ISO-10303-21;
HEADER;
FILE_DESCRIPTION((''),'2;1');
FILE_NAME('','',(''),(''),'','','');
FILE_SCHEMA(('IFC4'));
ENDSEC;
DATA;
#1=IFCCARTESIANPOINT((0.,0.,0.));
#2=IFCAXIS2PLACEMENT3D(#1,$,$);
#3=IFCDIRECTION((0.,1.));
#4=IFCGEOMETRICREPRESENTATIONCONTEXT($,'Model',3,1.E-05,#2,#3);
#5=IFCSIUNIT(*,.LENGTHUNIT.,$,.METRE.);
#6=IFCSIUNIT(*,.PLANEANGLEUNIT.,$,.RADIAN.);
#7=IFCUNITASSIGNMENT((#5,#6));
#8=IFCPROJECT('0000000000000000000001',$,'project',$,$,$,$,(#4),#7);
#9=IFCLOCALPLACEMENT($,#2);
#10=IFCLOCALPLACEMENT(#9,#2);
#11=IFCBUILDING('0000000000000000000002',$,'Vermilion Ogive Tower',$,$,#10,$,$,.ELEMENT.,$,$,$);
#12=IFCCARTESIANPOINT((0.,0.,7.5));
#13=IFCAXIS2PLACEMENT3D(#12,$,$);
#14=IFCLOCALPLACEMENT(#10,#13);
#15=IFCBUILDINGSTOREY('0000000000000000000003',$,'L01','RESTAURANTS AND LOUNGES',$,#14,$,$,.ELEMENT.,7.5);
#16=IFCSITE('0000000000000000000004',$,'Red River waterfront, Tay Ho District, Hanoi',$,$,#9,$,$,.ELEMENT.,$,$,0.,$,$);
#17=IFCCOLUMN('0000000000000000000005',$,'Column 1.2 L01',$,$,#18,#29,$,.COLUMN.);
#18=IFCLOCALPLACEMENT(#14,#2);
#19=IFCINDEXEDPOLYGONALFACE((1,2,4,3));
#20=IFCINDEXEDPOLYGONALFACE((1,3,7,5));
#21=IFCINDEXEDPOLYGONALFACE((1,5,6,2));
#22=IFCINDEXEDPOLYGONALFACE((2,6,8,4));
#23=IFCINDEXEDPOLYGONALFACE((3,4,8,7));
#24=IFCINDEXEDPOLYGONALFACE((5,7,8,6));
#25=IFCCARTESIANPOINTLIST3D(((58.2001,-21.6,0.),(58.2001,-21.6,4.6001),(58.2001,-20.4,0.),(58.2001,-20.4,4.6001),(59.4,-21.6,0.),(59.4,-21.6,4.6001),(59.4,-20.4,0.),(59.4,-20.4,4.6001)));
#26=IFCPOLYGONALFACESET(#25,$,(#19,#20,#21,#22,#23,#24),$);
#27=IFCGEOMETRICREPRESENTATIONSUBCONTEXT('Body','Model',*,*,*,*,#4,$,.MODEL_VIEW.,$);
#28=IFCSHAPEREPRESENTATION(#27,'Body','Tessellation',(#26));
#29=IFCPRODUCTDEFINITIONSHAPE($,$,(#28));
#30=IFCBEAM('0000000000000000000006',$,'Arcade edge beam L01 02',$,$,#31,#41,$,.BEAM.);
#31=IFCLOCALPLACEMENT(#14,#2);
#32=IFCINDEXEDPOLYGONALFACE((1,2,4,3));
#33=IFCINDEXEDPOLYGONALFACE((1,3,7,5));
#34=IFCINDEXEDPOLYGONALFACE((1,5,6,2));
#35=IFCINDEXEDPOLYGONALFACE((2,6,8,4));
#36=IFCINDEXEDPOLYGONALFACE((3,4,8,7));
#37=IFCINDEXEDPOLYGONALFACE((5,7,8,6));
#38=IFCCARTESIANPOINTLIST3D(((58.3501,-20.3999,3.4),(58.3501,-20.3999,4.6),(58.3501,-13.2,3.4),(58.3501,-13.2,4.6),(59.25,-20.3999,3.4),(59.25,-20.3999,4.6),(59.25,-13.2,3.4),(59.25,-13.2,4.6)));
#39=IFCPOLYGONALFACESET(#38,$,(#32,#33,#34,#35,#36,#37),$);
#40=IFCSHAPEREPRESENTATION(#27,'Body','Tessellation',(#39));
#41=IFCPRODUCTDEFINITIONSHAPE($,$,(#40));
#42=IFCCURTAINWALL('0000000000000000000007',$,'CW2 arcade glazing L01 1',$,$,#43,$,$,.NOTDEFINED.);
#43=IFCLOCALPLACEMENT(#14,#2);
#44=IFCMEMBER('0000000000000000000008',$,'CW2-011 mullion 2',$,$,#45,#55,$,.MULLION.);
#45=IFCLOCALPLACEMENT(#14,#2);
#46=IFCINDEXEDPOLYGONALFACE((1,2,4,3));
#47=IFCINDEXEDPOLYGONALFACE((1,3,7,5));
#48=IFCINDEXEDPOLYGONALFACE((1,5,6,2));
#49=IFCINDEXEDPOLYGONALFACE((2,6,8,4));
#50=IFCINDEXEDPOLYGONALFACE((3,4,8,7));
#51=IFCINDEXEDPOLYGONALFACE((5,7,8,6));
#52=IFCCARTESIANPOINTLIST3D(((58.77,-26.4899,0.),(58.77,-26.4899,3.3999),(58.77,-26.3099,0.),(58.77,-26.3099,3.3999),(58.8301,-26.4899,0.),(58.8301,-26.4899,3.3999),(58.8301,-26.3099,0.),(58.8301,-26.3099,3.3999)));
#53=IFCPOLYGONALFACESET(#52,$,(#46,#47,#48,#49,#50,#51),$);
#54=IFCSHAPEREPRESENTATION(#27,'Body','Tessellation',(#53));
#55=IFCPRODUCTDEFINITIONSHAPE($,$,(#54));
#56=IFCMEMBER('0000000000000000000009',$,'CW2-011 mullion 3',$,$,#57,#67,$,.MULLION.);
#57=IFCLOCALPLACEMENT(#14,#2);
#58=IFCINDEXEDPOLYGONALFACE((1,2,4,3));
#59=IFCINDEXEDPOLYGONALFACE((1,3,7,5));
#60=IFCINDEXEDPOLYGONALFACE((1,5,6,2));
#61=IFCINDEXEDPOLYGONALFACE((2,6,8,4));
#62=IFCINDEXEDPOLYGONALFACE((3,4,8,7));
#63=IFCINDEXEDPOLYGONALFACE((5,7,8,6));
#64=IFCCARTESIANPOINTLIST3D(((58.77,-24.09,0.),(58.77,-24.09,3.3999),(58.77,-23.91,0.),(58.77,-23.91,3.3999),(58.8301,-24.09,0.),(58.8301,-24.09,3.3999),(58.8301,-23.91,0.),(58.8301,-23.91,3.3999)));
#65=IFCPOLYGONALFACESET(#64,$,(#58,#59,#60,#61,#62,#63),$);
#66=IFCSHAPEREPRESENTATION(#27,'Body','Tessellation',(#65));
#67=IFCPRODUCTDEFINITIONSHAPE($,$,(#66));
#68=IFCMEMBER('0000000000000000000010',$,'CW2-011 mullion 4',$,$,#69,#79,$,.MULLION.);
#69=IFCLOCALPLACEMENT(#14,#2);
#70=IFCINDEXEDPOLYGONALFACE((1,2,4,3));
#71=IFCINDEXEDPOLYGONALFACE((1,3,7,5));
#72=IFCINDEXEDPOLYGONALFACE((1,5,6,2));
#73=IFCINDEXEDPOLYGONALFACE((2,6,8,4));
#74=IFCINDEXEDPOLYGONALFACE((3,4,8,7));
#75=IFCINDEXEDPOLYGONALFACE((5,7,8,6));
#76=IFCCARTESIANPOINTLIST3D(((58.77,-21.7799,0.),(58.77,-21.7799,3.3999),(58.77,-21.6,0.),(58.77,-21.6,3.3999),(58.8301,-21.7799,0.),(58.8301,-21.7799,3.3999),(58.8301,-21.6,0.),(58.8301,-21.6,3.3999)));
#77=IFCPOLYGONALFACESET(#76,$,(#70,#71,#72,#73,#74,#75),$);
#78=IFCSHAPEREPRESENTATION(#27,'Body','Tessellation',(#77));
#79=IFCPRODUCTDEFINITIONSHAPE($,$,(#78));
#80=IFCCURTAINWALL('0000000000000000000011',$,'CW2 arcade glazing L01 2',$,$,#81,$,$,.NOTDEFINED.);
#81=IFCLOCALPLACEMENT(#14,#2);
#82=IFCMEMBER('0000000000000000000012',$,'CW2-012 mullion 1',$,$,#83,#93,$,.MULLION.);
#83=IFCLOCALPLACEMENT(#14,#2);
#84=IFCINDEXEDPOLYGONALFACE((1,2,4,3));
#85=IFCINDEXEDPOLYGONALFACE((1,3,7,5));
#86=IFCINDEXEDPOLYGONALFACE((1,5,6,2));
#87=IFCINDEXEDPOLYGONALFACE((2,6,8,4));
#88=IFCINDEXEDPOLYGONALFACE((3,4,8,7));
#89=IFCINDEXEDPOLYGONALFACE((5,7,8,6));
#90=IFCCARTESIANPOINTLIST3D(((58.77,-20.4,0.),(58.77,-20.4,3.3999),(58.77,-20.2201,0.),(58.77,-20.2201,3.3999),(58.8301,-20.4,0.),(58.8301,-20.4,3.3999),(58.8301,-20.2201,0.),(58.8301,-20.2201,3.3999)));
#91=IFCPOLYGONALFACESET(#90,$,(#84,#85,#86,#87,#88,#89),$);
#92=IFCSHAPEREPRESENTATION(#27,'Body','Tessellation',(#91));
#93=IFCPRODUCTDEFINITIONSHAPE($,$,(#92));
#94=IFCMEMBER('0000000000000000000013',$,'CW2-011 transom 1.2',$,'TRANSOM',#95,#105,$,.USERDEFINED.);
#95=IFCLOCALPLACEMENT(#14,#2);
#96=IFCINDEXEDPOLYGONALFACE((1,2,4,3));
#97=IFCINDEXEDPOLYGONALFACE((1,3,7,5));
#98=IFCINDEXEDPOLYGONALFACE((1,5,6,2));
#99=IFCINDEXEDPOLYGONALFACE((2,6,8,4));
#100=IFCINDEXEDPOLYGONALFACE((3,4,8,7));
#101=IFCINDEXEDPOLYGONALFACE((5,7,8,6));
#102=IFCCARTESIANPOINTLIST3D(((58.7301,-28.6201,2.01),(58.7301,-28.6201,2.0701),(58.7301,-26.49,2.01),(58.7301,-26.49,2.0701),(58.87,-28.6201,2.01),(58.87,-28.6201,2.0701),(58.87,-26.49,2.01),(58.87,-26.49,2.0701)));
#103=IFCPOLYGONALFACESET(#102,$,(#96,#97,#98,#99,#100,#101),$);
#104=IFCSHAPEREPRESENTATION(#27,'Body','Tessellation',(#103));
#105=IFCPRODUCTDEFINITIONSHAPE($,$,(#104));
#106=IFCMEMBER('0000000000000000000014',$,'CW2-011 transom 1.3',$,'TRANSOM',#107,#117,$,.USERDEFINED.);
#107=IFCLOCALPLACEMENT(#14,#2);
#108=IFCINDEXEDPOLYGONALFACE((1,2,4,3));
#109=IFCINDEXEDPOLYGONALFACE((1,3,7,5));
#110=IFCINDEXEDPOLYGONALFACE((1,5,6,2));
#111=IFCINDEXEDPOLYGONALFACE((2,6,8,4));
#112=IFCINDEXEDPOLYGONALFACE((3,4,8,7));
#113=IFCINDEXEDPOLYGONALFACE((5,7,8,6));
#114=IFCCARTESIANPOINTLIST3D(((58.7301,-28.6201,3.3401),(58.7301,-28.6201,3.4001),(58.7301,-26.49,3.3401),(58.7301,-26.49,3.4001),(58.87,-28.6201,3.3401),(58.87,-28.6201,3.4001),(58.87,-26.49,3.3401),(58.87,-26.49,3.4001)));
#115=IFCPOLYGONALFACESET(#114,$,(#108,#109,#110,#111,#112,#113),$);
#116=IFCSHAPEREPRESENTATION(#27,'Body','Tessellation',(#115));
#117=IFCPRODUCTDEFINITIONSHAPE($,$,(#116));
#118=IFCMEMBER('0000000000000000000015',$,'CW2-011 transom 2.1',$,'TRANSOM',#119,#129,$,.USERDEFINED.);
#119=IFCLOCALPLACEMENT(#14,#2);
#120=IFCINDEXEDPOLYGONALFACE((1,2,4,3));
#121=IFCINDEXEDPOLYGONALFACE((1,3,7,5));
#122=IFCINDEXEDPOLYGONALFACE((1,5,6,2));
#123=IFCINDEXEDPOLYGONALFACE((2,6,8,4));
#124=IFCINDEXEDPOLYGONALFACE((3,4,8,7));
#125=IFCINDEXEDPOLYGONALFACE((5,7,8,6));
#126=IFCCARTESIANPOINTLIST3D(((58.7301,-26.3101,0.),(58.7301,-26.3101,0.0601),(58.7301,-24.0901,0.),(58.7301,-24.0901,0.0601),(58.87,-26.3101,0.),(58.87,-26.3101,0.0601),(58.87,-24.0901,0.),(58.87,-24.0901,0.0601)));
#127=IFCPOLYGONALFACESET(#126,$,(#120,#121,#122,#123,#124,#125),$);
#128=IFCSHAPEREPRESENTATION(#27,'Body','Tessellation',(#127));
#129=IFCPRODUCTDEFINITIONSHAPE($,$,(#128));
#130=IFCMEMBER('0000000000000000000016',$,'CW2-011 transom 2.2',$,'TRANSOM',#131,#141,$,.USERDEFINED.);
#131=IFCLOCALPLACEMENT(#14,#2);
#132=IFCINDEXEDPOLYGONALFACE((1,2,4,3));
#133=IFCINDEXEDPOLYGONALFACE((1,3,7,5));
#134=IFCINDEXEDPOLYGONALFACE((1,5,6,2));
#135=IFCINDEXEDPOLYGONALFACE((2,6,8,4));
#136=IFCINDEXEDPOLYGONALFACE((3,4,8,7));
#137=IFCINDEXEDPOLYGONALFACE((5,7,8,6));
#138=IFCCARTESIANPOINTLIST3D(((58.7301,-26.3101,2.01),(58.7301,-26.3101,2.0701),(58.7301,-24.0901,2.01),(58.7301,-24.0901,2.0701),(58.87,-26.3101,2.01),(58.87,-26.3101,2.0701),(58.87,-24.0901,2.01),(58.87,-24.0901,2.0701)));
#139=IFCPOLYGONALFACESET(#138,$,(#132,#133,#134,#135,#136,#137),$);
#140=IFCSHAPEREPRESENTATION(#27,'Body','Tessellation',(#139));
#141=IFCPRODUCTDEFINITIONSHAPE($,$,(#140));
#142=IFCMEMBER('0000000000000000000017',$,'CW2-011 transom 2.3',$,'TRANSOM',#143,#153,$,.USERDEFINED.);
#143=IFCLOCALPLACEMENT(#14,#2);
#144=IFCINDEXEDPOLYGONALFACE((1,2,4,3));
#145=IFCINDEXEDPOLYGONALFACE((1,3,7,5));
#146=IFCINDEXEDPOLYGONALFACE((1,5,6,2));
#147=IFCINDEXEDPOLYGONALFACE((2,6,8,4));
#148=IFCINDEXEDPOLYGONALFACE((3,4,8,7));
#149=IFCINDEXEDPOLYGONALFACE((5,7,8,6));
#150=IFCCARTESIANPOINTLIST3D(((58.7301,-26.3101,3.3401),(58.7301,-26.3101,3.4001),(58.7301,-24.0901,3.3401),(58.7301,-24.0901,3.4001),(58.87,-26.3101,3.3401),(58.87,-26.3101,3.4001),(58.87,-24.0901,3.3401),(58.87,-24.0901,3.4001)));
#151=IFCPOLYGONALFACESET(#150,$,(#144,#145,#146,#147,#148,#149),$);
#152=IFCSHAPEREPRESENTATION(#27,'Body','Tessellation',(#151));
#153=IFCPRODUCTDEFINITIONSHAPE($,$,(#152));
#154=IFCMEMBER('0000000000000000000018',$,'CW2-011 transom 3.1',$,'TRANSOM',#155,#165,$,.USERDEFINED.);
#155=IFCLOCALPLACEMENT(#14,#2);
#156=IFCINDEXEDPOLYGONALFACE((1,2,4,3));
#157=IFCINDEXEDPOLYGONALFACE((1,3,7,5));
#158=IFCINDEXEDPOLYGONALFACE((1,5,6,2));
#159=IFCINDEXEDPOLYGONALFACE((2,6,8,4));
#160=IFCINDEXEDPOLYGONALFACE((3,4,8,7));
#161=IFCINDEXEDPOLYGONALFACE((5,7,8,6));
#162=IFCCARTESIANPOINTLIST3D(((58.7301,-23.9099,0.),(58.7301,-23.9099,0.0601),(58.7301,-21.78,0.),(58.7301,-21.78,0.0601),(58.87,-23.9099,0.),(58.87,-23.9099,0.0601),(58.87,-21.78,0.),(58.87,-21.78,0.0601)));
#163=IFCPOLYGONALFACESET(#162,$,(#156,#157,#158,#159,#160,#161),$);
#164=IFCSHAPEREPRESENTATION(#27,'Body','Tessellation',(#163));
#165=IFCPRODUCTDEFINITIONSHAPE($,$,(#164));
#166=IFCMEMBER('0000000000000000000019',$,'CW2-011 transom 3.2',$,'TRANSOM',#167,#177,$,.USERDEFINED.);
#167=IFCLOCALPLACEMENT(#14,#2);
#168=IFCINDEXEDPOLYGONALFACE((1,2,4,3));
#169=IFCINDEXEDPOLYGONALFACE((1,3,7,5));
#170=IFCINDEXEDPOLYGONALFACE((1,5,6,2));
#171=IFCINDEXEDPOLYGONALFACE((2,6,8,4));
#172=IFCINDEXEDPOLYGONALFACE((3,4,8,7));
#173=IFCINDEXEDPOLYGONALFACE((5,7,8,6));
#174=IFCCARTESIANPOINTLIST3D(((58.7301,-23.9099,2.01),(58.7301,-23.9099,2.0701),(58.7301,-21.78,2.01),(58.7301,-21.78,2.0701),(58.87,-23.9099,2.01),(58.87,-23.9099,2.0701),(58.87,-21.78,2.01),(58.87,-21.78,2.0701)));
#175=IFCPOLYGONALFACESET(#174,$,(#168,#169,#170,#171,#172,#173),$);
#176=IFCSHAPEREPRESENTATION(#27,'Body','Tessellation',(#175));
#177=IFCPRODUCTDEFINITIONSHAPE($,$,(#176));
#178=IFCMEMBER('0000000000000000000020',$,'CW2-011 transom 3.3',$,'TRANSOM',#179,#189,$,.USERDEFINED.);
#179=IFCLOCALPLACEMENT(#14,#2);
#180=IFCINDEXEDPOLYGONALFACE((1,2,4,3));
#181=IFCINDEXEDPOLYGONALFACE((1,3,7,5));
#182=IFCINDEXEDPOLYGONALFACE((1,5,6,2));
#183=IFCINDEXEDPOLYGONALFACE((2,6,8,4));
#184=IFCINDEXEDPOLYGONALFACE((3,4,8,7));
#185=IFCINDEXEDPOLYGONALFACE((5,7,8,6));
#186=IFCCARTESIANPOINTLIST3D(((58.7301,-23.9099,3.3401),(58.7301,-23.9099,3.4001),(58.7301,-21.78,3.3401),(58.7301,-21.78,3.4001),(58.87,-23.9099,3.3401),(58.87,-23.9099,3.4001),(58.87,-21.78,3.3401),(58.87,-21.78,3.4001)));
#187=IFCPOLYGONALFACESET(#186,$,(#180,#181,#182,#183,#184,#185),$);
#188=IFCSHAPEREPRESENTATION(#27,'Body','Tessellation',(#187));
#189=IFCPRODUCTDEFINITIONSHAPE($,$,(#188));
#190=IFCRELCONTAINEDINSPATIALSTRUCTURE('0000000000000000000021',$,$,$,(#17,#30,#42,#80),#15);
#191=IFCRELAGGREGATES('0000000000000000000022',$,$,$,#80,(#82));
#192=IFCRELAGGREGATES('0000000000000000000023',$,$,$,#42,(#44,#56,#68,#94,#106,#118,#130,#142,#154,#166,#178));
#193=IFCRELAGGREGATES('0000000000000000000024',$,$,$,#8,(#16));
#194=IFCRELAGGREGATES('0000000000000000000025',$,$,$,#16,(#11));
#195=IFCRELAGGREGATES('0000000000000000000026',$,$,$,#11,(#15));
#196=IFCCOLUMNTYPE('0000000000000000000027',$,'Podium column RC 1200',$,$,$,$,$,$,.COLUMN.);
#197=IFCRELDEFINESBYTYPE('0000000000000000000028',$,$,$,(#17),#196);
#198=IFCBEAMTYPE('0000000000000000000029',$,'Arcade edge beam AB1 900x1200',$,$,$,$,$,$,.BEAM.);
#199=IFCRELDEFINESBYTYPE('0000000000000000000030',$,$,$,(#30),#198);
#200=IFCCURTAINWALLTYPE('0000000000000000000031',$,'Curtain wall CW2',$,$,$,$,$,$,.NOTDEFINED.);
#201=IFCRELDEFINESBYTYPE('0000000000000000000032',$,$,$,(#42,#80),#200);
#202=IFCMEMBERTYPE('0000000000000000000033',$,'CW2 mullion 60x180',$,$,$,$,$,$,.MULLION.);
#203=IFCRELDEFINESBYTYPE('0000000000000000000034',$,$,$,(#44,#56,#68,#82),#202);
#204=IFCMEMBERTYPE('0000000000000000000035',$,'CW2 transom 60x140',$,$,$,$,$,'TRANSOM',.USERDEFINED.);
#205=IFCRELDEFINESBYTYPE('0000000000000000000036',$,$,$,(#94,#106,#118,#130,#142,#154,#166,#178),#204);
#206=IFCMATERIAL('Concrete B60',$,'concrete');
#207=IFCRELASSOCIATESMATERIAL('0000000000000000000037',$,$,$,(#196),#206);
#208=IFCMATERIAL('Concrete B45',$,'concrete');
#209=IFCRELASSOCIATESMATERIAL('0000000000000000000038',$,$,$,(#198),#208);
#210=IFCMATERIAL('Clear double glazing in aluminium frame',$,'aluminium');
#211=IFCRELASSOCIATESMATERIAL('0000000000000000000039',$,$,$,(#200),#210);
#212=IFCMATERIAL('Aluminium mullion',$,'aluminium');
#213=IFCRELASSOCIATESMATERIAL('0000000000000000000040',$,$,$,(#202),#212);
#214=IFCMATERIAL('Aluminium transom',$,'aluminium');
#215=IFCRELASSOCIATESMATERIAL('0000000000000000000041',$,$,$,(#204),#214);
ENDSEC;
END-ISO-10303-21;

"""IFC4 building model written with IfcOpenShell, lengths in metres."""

from ifc_helpers import new_model, si_unit, direction, frame, origin, origin_2d, place, context, subcontext, project, spatial, rectangle, extrude, material, material_profile, profile_set, type_object, element, aggregate, save


model = new_model("IFC4")

# Units and contexts
model_context = context("Model", 3, precision=1e-05, world=origin(), true_north=direction((0.0, 1.0)))
body_context = subcontext(model_context, "Body", "Model", "MODEL_VIEW")
ifc_project = project(units=[si_unit("LENGTHUNIT", "METRE"), si_unit("PLANEANGLEUNIT", "RADIAN")], contexts=[model_context])

# Site, building, storey
site_placement = place(None, origin())
site = spatial("IfcSite", under=ifc_project, at=site_placement, Name="Red River waterfront, Tay Ho District, Hanoi", CompositionType="ELEMENT", RefElevation=0.0)
building_placement = place(site_placement, origin())
building = spatial("IfcBuilding", under=site, at=building_placement, Name="Vermilion Ogive Tower", CompositionType="ELEMENT")
storey_placement = place(building_placement, frame((0.0, 0.0, 7.5)))
storey = spatial("IfcBuildingStorey", under=building, at=storey_placement, Name="L01", Description="RESTAURANTS AND LOUNGES", CompositionType="ELEMENT", Elevation=7.5)

# Column
ifc_material_1 = material(Name="Concrete B60", Category="concrete")
ifc_material_profile_1 = material_profile(ifc_material_1, rectangle(XDim=1.2, YDim=1.2, at=origin_2d()), Name="RC 1200x1200")
ifc_profile_set_1 = profile_set([ifc_material_profile_1], Name="Concrete B60")
column_type = type_object("IfcColumnType", Name="Podium column RC 1200", PredefinedType="COLUMN", material=ifc_profile_set_1)
column_placement = place(storey_placement, frame((58.8, -21.0, 0.0), z_axis=(0.0, 0.0, 1.0), x_axis=(1.0, 0.0, 0.0)))
element("IfcColumn", 1, at=column_placement, inside=storey, type_object=column_type, Name="Column 1.2 L01", PredefinedType="COLUMN", context=body_context, shape_type="SweptSolid", body=[
    extrude(rectangle(XDim=1.2, YDim=1.2, at=origin_2d()), origin(), (0.0, 0.0, 1.0), 4.6001),
])

# Beam
ifc_material_2 = material(Name="Concrete B45", Category="concrete")
ifc_material_profile_2 = material_profile(ifc_material_2, rectangle(XDim=0.8999, YDim=1.2, at=origin_2d()), Name="RC 900x1200")
ifc_profile_set_2 = profile_set([ifc_material_profile_2], Name="Concrete B45")
beam_type = type_object("IfcBeamType", Name="Arcade edge beam AB1 900x1200", PredefinedType="BEAM", material=ifc_profile_set_2)
beam_placement = place(storey_placement, frame((58.8, -20.3999, 4.0), z_axis=(0.0, 1.0, 0.0), x_axis=(-1.0, 0.0, 0.0)))
element("IfcBeam", 2, at=beam_placement, inside=storey, type_object=beam_type, Name="Arcade edge beam L01 02", PredefinedType="BEAM", context=body_context, shape_type="SweptSolid", body=[
    extrude(rectangle(XDim=0.8999, YDim=1.2, at=origin_2d()), origin(), (0.0, 0.0, 1.0), 7.2),
])

# Curtain wall, members
ifc_material_3 = material(Name="Clear double glazing in aluminium frame", Category="aluminium")
curtain_wall_type = type_object("IfcCurtainWallType", Name="Curtain wall CW2", PredefinedType="NOTDEFINED", material=ifc_material_3)
curtain_wall_1_placement = place(storey_placement, origin())
curtain_wall_1 = element("IfcCurtainWall", 3, at=curtain_wall_1_placement, inside=storey, type_object=curtain_wall_type, Name="CW2 arcade glazing L01 1", PredefinedType="NOTDEFINED")
ifc_material_4 = material(Name="Aluminium mullion", Category="aluminium")
ifc_material_profile_3 = material_profile(ifc_material_4, rectangle(XDim=0.0601, YDim=0.1799, at=origin_2d()), Name="AL 60x180")
ifc_profile_set_3 = profile_set([ifc_material_profile_3], Name="Aluminium mullion")
member_type_1 = type_object("IfcMemberType", Name="CW2 mullion 60x180", PredefinedType="MULLION", material=ifc_profile_set_3)
member_1_placement = place(storey_placement, frame((58.8, -26.3999, 0.0), z_axis=(0.0, 0.0, 1.0), x_axis=(-1.0, 0.0, 0.0)))
member_1 = element("IfcMember", 4, at=member_1_placement, type_object=member_type_1, Name="CW2-011 mullion 2", PredefinedType="MULLION", context=body_context, shape_type="SweptSolid", body=[
    extrude(rectangle(XDim=0.0601, YDim=0.1799, at=origin_2d()), origin(), (0.0, 0.0, 1.0), 3.3999),
])
member_2_placement = place(storey_placement, frame((58.8, -24.0, 0.0), z_axis=(0.0, 0.0, 1.0), x_axis=(-1.0, 0.0, 0.0)))
member_2 = element("IfcMember", 5, at=member_2_placement, type_object=member_type_1, Name="CW2-011 mullion 3", PredefinedType="MULLION", context=body_context, shape_type="SweptSolid", body=[
    extrude(rectangle(XDim=0.0601, YDim=0.1799, at=origin_2d()), origin(), (0.0, 0.0, 1.0), 3.3999),
])
member_3_placement = place(storey_placement, frame((58.8, -21.6899, 0.0), z_axis=(0.0, 0.0, 1.0), x_axis=(-1.0, 0.0, 0.0)))
member_3 = element("IfcMember", 6, at=member_3_placement, type_object=member_type_1, Name="CW2-011 mullion 4", PredefinedType="MULLION", context=body_context, shape_type="SweptSolid", body=[
    extrude(rectangle(XDim=0.0601, YDim=0.1799, at=origin_2d()), origin(), (0.0, 0.0, 1.0), 3.3999),
])

# Curtain wall, member
curtain_wall_2_placement = place(storey_placement, origin())
curtain_wall_2 = element("IfcCurtainWall", 7, at=curtain_wall_2_placement, inside=storey, type_object=curtain_wall_type, Name="CW2 arcade glazing L01 2", PredefinedType="NOTDEFINED")
member_4_placement = place(storey_placement, frame((58.8, -20.3101, 0.0), z_axis=(0.0, 0.0, 1.0), x_axis=(-1.0, 0.0, 0.0)))
member_4 = element("IfcMember", 8, at=member_4_placement, type_object=member_type_1, Name="CW2-012 mullion 1", PredefinedType="MULLION", context=body_context, shape_type="SweptSolid", body=[
    extrude(rectangle(XDim=0.0601, YDim=0.1799, at=origin_2d()), origin(), (0.0, 0.0, 1.0), 3.3999),
])

# Members
ifc_material_5 = material(Name="Aluminium transom", Category="aluminium")
ifc_material_profile_4 = material_profile(ifc_material_5, rectangle(XDim=0.1399, YDim=0.0601, at=origin_2d()), Name="AL 60x140")
ifc_profile_set_4 = profile_set([ifc_material_profile_4], Name="Aluminium transom")
member_type_2 = type_object("IfcMemberType", Name="CW2 transom 60x140", ElementType="TRANSOM", PredefinedType="USERDEFINED", material=ifc_profile_set_4)
member_5_placement = place(storey_placement, frame((58.8, -28.6201, 2.04), z_axis=(0.0, 1.0, 0.0), x_axis=(-1.0, 0.0, 0.0)))
member_5 = element("IfcMember", 9, at=member_5_placement, type_object=member_type_2, Name="CW2-011 transom 1.2", ObjectType="TRANSOM", PredefinedType="USERDEFINED", context=body_context, shape_type="SweptSolid", body=[
    extrude(rectangle(XDim=0.1399, YDim=0.0601, at=origin_2d()), origin(), (0.0, 0.0, 1.0), 2.1301),
])
member_6_placement = place(storey_placement, frame((58.8, -28.6201, 3.3701), z_axis=(0.0, 1.0, 0.0), x_axis=(-1.0, 0.0, 0.0)))
member_6 = element("IfcMember", 10, at=member_6_placement, type_object=member_type_2, Name="CW2-011 transom 1.3", ObjectType="TRANSOM", PredefinedType="USERDEFINED", context=body_context, shape_type="SweptSolid", body=[
    extrude(rectangle(XDim=0.1399, YDim=0.0601, at=origin_2d()), origin(), (0.0, 0.0, 1.0), 2.1301),
])
member_7_placement = place(storey_placement, frame((58.8, -26.3101, 0.03), z_axis=(0.0, 1.0, 0.0), x_axis=(-1.0, 0.0, 0.0)))
member_7 = element("IfcMember", 11, at=member_7_placement, type_object=member_type_2, Name="CW2-011 transom 2.1", ObjectType="TRANSOM", PredefinedType="USERDEFINED", context=body_context, shape_type="SweptSolid", body=[
    extrude(rectangle(XDim=0.1399, YDim=0.0601, at=origin_2d()), origin(), (0.0, 0.0, 1.0), 2.22),
])
member_8_placement = place(storey_placement, frame((58.8, -26.3101, 2.04), z_axis=(0.0, 1.0, 0.0), x_axis=(-1.0, 0.0, 0.0)))
member_8 = element("IfcMember", 12, at=member_8_placement, type_object=member_type_2, Name="CW2-011 transom 2.2", ObjectType="TRANSOM", PredefinedType="USERDEFINED", context=body_context, shape_type="SweptSolid", body=[
    extrude(rectangle(XDim=0.1399, YDim=0.0601, at=origin_2d()), origin(), (0.0, 0.0, 1.0), 2.22),
])
member_9_placement = place(storey_placement, frame((58.8, -26.3101, 3.3701), z_axis=(0.0, 1.0, 0.0), x_axis=(-1.0, 0.0, 0.0)))
member_9 = element("IfcMember", 13, at=member_9_placement, type_object=member_type_2, Name="CW2-011 transom 2.3", ObjectType="TRANSOM", PredefinedType="USERDEFINED", context=body_context, shape_type="SweptSolid", body=[
    extrude(rectangle(XDim=0.1399, YDim=0.0601, at=origin_2d()), origin(), (0.0, 0.0, 1.0), 2.22),
])
member_10_placement = place(storey_placement, frame((58.8, -23.9099, 0.03), z_axis=(0.0, 1.0, 0.0), x_axis=(-1.0, 0.0, 0.0)))
member_10 = element("IfcMember", 14, at=member_10_placement, type_object=member_type_2, Name="CW2-011 transom 3.1", ObjectType="TRANSOM", PredefinedType="USERDEFINED", context=body_context, shape_type="SweptSolid", body=[
    extrude(rectangle(XDim=0.1399, YDim=0.0601, at=origin_2d()), origin(), (0.0, 0.0, 1.0), 2.1299),
])
member_11_placement = place(storey_placement, frame((58.8, -23.9099, 2.04), z_axis=(0.0, 1.0, 0.0), x_axis=(-1.0, 0.0, 0.0)))
member_11 = element("IfcMember", 15, at=member_11_placement, type_object=member_type_2, Name="CW2-011 transom 3.2", ObjectType="TRANSOM", PredefinedType="USERDEFINED", context=body_context, shape_type="SweptSolid", body=[
    extrude(rectangle(XDim=0.1399, YDim=0.0601, at=origin_2d()), origin(), (0.0, 0.0, 1.0), 2.1299),
])
member_12_placement = place(storey_placement, frame((58.8, -23.9099, 3.3701), z_axis=(0.0, 1.0, 0.0), x_axis=(-1.0, 0.0, 0.0)))
member_12 = element("IfcMember", 16, at=member_12_placement, type_object=member_type_2, Name="CW2-011 transom 3.3", ObjectType="TRANSOM", PredefinedType="USERDEFINED", context=body_context, shape_type="SweptSolid", body=[
    extrude(rectangle(XDim=0.1399, YDim=0.0601, at=origin_2d()), origin(), (0.0, 0.0, 1.0), 2.1299),
])
aggregate(curtain_wall_2, [member_4])

aggregate(curtain_wall_1, [member_1, member_2, member_3, member_5, member_6, member_7, member_8, member_9, member_10, member_11, member_12])

save(model, "model.ifc")
